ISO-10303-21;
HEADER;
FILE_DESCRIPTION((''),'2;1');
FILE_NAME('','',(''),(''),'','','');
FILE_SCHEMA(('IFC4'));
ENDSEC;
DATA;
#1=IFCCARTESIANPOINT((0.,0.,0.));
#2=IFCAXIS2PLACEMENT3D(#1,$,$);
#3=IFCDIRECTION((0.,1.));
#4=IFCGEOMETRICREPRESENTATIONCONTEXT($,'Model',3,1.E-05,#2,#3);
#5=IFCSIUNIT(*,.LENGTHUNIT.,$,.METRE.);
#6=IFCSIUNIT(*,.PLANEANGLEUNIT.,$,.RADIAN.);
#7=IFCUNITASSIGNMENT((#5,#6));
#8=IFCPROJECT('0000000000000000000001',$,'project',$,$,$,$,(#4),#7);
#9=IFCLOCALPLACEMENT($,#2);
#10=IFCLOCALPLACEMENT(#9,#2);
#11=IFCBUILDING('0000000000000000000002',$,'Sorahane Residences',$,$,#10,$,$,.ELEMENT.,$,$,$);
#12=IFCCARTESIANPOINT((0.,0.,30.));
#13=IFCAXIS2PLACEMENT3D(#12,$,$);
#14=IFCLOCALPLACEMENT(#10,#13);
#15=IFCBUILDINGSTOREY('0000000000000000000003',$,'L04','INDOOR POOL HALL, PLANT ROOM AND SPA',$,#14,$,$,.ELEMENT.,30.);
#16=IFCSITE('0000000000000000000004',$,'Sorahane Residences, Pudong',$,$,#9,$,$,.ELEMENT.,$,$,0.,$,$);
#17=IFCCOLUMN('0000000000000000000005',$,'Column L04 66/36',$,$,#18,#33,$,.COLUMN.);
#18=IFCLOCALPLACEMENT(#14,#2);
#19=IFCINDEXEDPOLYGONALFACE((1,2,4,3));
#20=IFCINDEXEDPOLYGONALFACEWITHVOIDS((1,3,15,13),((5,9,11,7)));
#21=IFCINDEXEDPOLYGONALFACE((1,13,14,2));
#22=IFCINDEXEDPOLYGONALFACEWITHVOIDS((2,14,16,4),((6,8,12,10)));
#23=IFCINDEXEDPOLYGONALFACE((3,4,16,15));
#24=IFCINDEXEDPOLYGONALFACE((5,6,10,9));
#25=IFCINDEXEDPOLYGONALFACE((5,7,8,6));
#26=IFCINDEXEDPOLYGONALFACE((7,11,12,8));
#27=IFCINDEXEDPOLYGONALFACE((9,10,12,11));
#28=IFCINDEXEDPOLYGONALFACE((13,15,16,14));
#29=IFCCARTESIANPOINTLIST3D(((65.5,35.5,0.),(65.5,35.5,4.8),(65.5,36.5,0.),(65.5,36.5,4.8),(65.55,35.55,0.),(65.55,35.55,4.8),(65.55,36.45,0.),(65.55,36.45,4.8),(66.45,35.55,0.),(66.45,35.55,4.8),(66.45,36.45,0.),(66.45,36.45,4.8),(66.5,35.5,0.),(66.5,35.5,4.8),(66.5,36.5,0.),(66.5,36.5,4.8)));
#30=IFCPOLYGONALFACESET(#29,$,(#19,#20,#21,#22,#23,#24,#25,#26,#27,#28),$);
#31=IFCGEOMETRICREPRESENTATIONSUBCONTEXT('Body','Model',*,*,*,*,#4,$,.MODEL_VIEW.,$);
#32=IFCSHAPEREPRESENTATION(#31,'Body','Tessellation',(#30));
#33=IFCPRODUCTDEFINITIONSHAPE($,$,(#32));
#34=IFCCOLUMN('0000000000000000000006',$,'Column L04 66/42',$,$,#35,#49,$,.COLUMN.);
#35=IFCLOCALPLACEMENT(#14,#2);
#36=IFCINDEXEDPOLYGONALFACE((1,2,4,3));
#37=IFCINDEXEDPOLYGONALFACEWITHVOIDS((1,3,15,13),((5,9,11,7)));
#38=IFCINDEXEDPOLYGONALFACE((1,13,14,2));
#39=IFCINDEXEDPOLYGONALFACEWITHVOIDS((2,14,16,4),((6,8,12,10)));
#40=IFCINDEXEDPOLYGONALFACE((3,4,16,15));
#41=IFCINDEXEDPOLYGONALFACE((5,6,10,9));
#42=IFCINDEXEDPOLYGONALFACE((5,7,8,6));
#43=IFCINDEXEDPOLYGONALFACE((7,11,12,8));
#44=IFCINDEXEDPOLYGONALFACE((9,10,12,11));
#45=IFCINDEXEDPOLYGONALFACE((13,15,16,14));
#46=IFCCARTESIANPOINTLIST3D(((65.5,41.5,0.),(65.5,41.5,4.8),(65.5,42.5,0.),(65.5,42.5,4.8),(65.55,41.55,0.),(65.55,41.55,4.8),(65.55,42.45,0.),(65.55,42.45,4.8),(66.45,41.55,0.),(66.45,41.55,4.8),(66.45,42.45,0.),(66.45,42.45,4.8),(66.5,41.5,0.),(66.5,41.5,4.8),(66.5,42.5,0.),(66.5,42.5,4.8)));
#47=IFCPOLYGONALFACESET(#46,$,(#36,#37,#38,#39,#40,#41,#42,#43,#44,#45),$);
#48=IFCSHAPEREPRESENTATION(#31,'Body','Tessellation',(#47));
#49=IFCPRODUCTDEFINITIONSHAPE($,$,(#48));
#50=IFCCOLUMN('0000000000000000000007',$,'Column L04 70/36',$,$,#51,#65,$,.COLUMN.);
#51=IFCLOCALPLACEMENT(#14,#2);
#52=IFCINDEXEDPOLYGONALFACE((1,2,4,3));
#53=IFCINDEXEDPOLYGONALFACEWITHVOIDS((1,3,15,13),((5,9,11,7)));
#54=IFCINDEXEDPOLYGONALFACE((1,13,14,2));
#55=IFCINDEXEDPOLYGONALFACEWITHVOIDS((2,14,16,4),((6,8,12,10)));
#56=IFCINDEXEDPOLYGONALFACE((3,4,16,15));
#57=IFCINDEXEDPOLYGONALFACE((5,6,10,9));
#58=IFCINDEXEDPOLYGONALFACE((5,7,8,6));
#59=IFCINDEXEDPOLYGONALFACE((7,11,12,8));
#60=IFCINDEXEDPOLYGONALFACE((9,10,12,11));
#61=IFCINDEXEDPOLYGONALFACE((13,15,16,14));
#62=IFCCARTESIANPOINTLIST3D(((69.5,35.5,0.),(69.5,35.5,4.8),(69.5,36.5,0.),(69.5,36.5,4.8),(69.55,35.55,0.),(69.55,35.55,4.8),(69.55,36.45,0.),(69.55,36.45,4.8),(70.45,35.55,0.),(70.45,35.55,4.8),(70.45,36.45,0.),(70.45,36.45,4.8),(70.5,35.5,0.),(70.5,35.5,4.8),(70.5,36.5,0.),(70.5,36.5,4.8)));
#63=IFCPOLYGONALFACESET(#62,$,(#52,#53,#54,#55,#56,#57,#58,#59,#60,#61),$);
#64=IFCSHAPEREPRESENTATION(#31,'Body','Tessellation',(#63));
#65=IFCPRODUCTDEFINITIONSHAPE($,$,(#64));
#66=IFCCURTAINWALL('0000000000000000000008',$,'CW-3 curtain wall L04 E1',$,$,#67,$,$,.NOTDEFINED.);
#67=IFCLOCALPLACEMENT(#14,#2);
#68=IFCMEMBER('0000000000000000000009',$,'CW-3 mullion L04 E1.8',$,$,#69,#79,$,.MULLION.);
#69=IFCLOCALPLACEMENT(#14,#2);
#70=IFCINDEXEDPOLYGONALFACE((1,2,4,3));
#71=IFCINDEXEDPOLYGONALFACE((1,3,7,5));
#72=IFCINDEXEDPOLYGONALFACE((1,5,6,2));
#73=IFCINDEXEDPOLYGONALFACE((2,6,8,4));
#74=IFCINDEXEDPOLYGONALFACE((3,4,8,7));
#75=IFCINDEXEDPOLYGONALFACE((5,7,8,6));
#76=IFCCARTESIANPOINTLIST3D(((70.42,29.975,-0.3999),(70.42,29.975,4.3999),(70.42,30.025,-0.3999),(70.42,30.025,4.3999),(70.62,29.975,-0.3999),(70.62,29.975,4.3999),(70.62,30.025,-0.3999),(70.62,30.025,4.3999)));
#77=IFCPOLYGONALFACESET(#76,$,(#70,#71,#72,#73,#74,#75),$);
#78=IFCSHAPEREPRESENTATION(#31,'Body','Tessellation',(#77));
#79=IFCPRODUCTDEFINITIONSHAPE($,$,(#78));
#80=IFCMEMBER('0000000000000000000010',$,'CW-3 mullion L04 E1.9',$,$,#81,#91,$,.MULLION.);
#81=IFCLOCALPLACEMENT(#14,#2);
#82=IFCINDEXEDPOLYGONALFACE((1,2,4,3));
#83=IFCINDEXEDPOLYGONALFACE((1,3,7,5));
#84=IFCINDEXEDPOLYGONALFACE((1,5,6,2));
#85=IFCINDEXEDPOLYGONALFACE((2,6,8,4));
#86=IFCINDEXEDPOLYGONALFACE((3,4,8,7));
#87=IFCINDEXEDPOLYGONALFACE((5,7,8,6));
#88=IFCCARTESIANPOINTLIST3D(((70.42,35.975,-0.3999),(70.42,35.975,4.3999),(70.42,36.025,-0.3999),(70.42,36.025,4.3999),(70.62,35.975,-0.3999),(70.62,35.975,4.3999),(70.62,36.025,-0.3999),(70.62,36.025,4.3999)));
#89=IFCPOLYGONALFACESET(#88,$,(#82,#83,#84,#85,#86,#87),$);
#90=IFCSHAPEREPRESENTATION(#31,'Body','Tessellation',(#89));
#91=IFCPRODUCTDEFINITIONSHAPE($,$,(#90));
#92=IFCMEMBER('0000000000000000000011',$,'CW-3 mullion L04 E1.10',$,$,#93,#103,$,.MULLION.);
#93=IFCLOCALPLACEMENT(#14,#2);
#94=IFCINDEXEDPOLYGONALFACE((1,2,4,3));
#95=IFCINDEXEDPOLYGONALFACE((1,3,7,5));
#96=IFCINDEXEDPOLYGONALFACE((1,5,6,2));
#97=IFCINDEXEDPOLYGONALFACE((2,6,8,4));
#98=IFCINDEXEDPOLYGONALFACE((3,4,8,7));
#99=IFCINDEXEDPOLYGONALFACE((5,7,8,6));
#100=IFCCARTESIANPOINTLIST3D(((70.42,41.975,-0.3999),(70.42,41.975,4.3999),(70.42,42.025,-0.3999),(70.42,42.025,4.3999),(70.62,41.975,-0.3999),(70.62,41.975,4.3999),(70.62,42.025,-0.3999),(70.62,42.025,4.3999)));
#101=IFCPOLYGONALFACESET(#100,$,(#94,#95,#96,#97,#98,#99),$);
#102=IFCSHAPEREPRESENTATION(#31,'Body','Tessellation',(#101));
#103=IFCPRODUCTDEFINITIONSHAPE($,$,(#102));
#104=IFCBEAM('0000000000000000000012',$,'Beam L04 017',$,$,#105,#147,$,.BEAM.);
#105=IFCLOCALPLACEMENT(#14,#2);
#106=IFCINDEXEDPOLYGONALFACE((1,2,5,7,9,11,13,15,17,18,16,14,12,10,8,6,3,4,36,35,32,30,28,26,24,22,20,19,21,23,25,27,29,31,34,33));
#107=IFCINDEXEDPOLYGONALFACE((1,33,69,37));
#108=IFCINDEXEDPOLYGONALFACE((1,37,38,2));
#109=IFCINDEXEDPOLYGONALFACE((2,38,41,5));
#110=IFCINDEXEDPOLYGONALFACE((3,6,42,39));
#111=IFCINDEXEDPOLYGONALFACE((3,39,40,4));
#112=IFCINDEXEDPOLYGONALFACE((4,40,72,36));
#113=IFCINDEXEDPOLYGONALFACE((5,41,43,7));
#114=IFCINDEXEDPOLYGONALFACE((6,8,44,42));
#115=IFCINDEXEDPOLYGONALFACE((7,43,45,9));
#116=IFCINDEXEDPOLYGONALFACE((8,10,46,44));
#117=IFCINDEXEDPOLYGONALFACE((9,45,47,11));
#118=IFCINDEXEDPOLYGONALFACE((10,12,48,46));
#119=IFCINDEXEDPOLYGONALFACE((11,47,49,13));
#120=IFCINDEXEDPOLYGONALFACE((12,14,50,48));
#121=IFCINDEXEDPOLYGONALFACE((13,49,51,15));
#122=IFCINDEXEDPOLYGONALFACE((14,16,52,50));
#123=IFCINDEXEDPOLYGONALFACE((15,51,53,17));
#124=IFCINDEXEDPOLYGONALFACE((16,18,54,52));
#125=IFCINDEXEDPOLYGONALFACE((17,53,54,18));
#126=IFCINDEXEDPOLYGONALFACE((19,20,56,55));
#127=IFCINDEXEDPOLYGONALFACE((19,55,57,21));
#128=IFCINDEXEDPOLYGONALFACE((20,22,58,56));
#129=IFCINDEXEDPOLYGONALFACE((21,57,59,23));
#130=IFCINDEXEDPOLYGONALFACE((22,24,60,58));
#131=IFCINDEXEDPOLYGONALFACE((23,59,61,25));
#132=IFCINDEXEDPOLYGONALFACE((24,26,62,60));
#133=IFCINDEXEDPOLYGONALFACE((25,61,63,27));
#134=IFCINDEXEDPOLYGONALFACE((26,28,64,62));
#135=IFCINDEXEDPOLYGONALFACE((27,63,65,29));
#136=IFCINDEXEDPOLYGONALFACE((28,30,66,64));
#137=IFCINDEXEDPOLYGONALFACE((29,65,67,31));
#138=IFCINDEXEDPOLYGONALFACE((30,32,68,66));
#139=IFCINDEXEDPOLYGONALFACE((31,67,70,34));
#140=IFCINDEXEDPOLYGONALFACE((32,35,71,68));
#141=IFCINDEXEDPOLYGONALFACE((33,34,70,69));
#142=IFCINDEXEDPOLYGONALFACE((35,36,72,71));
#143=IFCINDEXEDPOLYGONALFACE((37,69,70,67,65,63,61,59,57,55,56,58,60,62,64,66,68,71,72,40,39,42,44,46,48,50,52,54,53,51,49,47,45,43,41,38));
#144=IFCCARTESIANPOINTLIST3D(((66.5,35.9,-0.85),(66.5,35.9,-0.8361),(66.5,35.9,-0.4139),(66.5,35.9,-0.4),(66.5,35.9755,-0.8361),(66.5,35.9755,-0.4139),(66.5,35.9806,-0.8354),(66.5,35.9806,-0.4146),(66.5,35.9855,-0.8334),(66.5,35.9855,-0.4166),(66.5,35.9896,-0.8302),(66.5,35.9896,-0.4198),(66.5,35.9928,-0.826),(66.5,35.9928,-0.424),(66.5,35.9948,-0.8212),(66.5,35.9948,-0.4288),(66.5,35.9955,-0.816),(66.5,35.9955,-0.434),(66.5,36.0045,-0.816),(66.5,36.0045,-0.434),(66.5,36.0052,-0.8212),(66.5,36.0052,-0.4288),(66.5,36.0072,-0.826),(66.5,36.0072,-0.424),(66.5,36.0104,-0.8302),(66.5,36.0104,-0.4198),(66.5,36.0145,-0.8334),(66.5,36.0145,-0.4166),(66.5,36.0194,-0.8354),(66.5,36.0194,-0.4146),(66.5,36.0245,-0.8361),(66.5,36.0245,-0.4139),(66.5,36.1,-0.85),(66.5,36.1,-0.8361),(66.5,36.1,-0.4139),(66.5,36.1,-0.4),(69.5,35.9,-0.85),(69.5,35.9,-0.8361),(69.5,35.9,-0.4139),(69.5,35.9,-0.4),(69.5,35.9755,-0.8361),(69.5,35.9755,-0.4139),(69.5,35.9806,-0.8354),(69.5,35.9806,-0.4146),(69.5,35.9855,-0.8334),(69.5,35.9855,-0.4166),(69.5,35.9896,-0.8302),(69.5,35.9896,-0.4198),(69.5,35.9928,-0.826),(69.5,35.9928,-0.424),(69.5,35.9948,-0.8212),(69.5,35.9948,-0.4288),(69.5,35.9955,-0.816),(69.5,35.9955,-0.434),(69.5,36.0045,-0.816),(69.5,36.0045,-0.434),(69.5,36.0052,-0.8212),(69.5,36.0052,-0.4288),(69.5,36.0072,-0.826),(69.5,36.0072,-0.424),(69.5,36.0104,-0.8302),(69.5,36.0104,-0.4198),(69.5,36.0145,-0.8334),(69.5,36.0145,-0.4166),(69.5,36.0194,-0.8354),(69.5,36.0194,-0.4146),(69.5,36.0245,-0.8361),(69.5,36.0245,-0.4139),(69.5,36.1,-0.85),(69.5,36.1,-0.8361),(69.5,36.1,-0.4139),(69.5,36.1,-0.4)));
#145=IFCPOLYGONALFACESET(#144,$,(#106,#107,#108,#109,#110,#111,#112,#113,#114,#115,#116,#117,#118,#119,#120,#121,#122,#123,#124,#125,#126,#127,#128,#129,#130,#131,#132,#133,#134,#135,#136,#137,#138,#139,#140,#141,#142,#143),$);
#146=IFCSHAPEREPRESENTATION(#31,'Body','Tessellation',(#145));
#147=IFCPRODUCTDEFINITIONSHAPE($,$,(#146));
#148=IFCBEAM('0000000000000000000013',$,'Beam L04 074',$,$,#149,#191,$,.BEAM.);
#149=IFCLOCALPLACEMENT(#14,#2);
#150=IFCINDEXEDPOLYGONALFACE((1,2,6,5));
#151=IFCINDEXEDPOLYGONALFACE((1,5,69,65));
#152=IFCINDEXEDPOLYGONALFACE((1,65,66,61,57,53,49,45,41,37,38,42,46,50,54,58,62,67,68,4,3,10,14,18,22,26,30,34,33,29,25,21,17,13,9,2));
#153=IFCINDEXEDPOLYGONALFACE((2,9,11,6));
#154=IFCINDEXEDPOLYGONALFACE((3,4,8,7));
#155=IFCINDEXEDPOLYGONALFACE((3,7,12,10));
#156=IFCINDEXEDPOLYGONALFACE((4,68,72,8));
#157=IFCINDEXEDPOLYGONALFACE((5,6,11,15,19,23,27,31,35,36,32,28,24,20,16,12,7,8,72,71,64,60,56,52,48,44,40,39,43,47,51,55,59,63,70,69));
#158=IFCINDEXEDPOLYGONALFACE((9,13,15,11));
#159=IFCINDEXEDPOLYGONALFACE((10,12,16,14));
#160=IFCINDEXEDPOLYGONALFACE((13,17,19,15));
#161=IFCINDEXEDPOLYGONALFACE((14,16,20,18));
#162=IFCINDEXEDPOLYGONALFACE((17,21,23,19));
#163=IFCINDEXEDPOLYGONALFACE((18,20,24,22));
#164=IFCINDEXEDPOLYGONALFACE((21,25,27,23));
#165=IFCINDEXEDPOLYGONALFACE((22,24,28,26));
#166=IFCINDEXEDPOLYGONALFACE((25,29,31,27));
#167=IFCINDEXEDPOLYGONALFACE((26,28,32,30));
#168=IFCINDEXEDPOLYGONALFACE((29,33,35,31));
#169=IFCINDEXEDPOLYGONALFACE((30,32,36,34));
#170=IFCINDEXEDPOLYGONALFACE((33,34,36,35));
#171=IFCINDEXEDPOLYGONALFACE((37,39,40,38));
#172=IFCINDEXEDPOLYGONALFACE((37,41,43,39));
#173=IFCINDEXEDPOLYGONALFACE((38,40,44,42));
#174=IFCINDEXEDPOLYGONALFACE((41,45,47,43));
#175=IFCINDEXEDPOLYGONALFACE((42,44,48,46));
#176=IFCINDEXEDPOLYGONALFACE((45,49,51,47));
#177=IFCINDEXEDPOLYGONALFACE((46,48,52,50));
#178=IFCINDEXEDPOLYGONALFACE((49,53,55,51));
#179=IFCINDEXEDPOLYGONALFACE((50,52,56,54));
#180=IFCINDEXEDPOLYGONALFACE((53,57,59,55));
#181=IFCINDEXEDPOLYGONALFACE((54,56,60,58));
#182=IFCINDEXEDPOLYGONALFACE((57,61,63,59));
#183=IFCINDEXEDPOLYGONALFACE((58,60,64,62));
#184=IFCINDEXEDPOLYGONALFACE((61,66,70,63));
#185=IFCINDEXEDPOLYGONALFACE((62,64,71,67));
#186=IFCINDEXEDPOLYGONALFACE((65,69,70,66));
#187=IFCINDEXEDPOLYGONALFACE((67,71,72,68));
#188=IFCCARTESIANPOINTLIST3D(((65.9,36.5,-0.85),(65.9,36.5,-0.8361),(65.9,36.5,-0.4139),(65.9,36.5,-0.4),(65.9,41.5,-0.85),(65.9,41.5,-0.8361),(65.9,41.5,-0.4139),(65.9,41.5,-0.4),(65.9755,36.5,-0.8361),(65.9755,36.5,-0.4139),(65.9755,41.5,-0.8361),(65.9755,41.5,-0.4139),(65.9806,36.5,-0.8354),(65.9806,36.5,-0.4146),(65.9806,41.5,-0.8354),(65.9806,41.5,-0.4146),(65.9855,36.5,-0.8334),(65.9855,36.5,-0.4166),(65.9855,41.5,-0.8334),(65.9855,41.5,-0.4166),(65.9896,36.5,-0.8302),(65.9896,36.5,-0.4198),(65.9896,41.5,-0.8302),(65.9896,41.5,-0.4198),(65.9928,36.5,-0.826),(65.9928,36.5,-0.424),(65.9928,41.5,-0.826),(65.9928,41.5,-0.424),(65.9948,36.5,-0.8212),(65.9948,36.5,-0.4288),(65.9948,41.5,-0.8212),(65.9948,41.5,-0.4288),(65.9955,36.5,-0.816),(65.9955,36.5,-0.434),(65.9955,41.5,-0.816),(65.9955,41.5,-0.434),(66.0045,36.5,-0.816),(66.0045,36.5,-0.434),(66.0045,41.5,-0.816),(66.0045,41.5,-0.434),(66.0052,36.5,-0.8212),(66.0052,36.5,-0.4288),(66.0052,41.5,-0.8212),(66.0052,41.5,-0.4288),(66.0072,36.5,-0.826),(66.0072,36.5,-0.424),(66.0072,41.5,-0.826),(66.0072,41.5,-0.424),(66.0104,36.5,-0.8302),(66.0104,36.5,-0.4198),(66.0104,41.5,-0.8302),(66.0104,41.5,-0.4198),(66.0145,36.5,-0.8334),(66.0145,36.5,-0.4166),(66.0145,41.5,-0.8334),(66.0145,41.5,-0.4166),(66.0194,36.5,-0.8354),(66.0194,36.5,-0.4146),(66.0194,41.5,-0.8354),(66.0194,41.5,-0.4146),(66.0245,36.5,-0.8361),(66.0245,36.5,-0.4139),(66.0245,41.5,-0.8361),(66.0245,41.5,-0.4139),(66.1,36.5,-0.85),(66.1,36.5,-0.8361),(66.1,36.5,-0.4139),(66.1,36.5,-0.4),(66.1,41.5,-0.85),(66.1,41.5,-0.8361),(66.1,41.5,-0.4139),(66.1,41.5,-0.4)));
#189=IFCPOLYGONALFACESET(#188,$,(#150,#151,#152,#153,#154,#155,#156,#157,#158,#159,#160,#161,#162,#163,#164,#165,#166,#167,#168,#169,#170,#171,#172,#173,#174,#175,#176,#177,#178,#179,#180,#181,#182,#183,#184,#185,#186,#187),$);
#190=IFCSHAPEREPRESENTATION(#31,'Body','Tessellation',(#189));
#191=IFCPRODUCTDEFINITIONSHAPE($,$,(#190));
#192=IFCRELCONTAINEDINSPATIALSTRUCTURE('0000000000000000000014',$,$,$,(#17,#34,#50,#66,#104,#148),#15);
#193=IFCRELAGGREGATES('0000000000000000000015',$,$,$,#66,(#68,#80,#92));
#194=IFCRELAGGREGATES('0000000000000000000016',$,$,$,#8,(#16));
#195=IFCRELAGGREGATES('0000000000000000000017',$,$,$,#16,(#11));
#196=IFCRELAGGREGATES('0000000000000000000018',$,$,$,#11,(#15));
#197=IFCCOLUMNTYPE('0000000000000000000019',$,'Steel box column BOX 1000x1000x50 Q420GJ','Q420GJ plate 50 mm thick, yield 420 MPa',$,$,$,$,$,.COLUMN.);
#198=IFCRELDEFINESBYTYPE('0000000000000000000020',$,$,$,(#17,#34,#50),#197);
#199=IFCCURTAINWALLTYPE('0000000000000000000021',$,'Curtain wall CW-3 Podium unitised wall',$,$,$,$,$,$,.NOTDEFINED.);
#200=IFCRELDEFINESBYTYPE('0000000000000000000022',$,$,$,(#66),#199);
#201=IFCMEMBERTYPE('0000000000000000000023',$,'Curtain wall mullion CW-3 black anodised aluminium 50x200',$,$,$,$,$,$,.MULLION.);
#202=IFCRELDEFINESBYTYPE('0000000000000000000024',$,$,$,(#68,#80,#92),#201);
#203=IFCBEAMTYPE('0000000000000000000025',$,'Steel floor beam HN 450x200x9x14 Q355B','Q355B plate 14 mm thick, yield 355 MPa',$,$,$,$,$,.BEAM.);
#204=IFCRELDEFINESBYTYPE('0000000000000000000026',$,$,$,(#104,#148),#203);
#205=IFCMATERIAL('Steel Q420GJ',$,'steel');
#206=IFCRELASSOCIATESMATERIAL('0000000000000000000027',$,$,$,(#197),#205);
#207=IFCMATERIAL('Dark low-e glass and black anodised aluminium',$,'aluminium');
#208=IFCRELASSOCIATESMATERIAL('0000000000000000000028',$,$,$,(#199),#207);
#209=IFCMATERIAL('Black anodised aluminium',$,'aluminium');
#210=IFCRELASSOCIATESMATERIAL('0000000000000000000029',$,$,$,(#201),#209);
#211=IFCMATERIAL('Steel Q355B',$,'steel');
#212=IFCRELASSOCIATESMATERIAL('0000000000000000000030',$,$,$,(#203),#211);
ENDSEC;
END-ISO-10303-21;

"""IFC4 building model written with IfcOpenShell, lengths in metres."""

from ifc_helpers import new_model, si_unit, direction, frame, origin, origin_2d, place, context, subcontext, project, spatial, rectangle, hollow_rectangle, i_section, extrude, material, material_profile, profile_set, type_object, element, aggregate, save


model = new_model("IFC4")

# Units and contexts
model_context = context("Model", 3, precision=1e-05, world=origin(), true_north=direction((0.0, 1.0)))
body_context = subcontext(model_context, "Body", "Model", "MODEL_VIEW")
ifc_project = project(units=[si_unit("LENGTHUNIT", "METRE"), si_unit("PLANEANGLEUNIT", "RADIAN")], contexts=[model_context])

# Site, building, storey
site_placement = place(None, origin())
site = spatial("IfcSite", under=ifc_project, at=site_placement, Name="Sorahane Residences, Pudong", CompositionType="ELEMENT", RefElevation=0.0)
building_placement = place(site_placement, origin())
building = spatial("IfcBuilding", under=site, at=building_placement, Name="Sorahane Residences", CompositionType="ELEMENT")
storey_placement = place(building_placement, frame((0.0, 0.0, 30.0)))
storey = spatial("IfcBuildingStorey", under=building, at=storey_placement, Name="L04", Description="INDOOR POOL HALL, PLANT ROOM AND SPA", CompositionType="ELEMENT", Elevation=30.0)

# Columns
ifc_material_1 = material(Name="Steel Q420GJ", Category="steel")
ifc_material_profile_1 = material_profile(ifc_material_1, hollow_rectangle(XDim=1.0, YDim=1.0, WallThickness=0.05, at=origin_2d()), Name="BOX 1000x1000x50")
ifc_profile_set_1 = profile_set([ifc_material_profile_1], Name="Steel Q420GJ")
column_type = type_object("IfcColumnType", Name="Steel box column BOX 1000x1000x50 Q420GJ", Description="Q420GJ plate 50 mm thick, yield 420 MPa", PredefinedType="COLUMN", material=ifc_profile_set_1)
for number, where, z_axis, x_axis, name in (
    (1, (66.0, 36.0, 0.0), (0.0, 0.0, 1.0), (1.0, 0.0, 0.0), "Column L04 66/36"),
    (2, (66.0, 42.0, 0.0), (0.0, 0.0, 1.0), (1.0, 0.0, 0.0), "Column L04 66/42"),
    (3, (70.0, 36.0, 0.0), (0.0, 0.0, 1.0), (1.0, 0.0, 0.0), "Column L04 70/36"),
):
    element("IfcColumn", number, at=place(storey_placement, frame(where, z_axis=z_axis, x_axis=x_axis)), inside=storey, type_object=column_type, Name=name, PredefinedType="COLUMN", context=body_context, shape_type="SweptSolid", body=[
        extrude(hollow_rectangle(XDim=1.0, YDim=1.0, WallThickness=0.05, at=origin_2d()), origin(), (0.0, 0.0, 1.0), 4.8),
    ])

# Curtain wall, members
ifc_material_2 = material(Name="Dark low-e glass and black anodised aluminium", Category="aluminium")
curtain_wall_type = type_object("IfcCurtainWallType", Name="Curtain wall CW-3 Podium unitised wall", PredefinedType="NOTDEFINED", material=ifc_material_2)
curtain_wall_placement = place(storey_placement, origin())
curtain_wall = element("IfcCurtainWall", 4, at=curtain_wall_placement, inside=storey, type_object=curtain_wall_type, Name="CW-3 curtain wall L04 E1", PredefinedType="NOTDEFINED")
ifc_material_3 = material(Name="Black anodised aluminium", Category="aluminium")
ifc_material_profile_2 = material_profile(ifc_material_3, rectangle(XDim=0.2, YDim=0.05, at=origin_2d()), Name="Curtain wall mullion CW-3 black anodised aluminium 50x200")
ifc_profile_set_2 = profile_set([ifc_material_profile_2], Name="Black anodised aluminium")
member_type = type_object("IfcMemberType", Name="Curtain wall mullion CW-3 black anodised aluminium 50x200", PredefinedType="MULLION", material=ifc_profile_set_2)
member_1_placement = place(storey_placement, frame((70.52, 30.0, -0.3999), z_axis=(0.0, 0.0, 1.0), x_axis=(1.0, 0.0, 0.0)))
member_1 = element("IfcMember", 5, at=member_1_placement, type_object=member_type, Name="CW-3 mullion L04 E1.8", PredefinedType="MULLION", context=body_context, shape_type="SweptSolid", body=[
    extrude(rectangle(XDim=0.2, YDim=0.05, at=origin_2d()), origin(), (0.0, 0.0, 1.0), 4.7998),
])
member_2_placement = place(storey_placement, frame((70.52, 36.0, -0.3999), z_axis=(0.0, 0.0, 1.0), x_axis=(1.0, 0.0, 0.0)))
member_2 = element("IfcMember", 6, at=member_2_placement, type_object=member_type, Name="CW-3 mullion L04 E1.9", PredefinedType="MULLION", context=body_context, shape_type="SweptSolid", body=[
    extrude(rectangle(XDim=0.2, YDim=0.05, at=origin_2d()), origin(), (0.0, 0.0, 1.0), 4.7998),
])
member_3_placement = place(storey_placement, frame((70.52, 42.0, -0.3999), z_axis=(0.0, 0.0, 1.0), x_axis=(1.0, 0.0, 0.0)))
member_3 = element("IfcMember", 7, at=member_3_placement, type_object=member_type, Name="CW-3 mullion L04 E1.10", PredefinedType="MULLION", context=body_context, shape_type="SweptSolid", body=[
    extrude(rectangle(XDim=0.2, YDim=0.05, at=origin_2d()), origin(), (0.0, 0.0, 1.0), 4.7998),
])

# Beams
ifc_material_4 = material(Name="Steel Q355B", Category="steel")
ifc_material_profile_3 = material_profile(ifc_material_4, i_section(OverallWidth=0.2, OverallDepth=0.45, WebThickness=0.009, FlangeThickness=0.0139, FilletRadius=0.02, at=origin_2d()), Name="HN 450x200x9x14")
ifc_profile_set_3 = profile_set([ifc_material_profile_3], Name="Steel Q355B")
beam_type_1 = type_object("IfcBeamType", Name="Steel floor beam HN 450x200x9x14 Q355B", Description="Q355B plate 14 mm thick, yield 355 MPa", PredefinedType="BEAM", material=ifc_profile_set_3)
beam_1_placement = place(storey_placement, frame((66.5, 36.0, -0.625), z_axis=(1.0, 0.0, 0.0), x_axis=(0.0, 1.0, 0.0)))
element("IfcBeam", 8, at=beam_1_placement, inside=storey, type_object=beam_type_1, Name="Beam L04 017", PredefinedType="BEAM", context=body_context, shape_type="SweptSolid", body=[
    extrude(i_section(OverallWidth=0.2, OverallDepth=0.45, WebThickness=0.009, FlangeThickness=0.0139, FilletRadius=0.02, at=origin_2d()), origin(), (0.0, 0.0, 1.0), 3.0),
])
beam_2_placement = place(storey_placement, frame((66.0, 36.5, -0.625), z_axis=(0.0, 1.0, 0.0), x_axis=(-1.0, 0.0, 0.0)))
element("IfcBeam", 9, at=beam_2_placement, inside=storey, type_object=beam_type_1, Name="Beam L04 074", PredefinedType="BEAM", context=body_context, shape_type="SweptSolid", body=[
    extrude(i_section(OverallWidth=0.2, OverallDepth=0.45, WebThickness=0.009, FlangeThickness=0.0139, FilletRadius=0.02, at=origin_2d()), origin(), (0.0, 0.0, 1.0), 5.0),
])

aggregate(curtain_wall, [member_1, member_2, member_3])

save(model, "model.ifc")
